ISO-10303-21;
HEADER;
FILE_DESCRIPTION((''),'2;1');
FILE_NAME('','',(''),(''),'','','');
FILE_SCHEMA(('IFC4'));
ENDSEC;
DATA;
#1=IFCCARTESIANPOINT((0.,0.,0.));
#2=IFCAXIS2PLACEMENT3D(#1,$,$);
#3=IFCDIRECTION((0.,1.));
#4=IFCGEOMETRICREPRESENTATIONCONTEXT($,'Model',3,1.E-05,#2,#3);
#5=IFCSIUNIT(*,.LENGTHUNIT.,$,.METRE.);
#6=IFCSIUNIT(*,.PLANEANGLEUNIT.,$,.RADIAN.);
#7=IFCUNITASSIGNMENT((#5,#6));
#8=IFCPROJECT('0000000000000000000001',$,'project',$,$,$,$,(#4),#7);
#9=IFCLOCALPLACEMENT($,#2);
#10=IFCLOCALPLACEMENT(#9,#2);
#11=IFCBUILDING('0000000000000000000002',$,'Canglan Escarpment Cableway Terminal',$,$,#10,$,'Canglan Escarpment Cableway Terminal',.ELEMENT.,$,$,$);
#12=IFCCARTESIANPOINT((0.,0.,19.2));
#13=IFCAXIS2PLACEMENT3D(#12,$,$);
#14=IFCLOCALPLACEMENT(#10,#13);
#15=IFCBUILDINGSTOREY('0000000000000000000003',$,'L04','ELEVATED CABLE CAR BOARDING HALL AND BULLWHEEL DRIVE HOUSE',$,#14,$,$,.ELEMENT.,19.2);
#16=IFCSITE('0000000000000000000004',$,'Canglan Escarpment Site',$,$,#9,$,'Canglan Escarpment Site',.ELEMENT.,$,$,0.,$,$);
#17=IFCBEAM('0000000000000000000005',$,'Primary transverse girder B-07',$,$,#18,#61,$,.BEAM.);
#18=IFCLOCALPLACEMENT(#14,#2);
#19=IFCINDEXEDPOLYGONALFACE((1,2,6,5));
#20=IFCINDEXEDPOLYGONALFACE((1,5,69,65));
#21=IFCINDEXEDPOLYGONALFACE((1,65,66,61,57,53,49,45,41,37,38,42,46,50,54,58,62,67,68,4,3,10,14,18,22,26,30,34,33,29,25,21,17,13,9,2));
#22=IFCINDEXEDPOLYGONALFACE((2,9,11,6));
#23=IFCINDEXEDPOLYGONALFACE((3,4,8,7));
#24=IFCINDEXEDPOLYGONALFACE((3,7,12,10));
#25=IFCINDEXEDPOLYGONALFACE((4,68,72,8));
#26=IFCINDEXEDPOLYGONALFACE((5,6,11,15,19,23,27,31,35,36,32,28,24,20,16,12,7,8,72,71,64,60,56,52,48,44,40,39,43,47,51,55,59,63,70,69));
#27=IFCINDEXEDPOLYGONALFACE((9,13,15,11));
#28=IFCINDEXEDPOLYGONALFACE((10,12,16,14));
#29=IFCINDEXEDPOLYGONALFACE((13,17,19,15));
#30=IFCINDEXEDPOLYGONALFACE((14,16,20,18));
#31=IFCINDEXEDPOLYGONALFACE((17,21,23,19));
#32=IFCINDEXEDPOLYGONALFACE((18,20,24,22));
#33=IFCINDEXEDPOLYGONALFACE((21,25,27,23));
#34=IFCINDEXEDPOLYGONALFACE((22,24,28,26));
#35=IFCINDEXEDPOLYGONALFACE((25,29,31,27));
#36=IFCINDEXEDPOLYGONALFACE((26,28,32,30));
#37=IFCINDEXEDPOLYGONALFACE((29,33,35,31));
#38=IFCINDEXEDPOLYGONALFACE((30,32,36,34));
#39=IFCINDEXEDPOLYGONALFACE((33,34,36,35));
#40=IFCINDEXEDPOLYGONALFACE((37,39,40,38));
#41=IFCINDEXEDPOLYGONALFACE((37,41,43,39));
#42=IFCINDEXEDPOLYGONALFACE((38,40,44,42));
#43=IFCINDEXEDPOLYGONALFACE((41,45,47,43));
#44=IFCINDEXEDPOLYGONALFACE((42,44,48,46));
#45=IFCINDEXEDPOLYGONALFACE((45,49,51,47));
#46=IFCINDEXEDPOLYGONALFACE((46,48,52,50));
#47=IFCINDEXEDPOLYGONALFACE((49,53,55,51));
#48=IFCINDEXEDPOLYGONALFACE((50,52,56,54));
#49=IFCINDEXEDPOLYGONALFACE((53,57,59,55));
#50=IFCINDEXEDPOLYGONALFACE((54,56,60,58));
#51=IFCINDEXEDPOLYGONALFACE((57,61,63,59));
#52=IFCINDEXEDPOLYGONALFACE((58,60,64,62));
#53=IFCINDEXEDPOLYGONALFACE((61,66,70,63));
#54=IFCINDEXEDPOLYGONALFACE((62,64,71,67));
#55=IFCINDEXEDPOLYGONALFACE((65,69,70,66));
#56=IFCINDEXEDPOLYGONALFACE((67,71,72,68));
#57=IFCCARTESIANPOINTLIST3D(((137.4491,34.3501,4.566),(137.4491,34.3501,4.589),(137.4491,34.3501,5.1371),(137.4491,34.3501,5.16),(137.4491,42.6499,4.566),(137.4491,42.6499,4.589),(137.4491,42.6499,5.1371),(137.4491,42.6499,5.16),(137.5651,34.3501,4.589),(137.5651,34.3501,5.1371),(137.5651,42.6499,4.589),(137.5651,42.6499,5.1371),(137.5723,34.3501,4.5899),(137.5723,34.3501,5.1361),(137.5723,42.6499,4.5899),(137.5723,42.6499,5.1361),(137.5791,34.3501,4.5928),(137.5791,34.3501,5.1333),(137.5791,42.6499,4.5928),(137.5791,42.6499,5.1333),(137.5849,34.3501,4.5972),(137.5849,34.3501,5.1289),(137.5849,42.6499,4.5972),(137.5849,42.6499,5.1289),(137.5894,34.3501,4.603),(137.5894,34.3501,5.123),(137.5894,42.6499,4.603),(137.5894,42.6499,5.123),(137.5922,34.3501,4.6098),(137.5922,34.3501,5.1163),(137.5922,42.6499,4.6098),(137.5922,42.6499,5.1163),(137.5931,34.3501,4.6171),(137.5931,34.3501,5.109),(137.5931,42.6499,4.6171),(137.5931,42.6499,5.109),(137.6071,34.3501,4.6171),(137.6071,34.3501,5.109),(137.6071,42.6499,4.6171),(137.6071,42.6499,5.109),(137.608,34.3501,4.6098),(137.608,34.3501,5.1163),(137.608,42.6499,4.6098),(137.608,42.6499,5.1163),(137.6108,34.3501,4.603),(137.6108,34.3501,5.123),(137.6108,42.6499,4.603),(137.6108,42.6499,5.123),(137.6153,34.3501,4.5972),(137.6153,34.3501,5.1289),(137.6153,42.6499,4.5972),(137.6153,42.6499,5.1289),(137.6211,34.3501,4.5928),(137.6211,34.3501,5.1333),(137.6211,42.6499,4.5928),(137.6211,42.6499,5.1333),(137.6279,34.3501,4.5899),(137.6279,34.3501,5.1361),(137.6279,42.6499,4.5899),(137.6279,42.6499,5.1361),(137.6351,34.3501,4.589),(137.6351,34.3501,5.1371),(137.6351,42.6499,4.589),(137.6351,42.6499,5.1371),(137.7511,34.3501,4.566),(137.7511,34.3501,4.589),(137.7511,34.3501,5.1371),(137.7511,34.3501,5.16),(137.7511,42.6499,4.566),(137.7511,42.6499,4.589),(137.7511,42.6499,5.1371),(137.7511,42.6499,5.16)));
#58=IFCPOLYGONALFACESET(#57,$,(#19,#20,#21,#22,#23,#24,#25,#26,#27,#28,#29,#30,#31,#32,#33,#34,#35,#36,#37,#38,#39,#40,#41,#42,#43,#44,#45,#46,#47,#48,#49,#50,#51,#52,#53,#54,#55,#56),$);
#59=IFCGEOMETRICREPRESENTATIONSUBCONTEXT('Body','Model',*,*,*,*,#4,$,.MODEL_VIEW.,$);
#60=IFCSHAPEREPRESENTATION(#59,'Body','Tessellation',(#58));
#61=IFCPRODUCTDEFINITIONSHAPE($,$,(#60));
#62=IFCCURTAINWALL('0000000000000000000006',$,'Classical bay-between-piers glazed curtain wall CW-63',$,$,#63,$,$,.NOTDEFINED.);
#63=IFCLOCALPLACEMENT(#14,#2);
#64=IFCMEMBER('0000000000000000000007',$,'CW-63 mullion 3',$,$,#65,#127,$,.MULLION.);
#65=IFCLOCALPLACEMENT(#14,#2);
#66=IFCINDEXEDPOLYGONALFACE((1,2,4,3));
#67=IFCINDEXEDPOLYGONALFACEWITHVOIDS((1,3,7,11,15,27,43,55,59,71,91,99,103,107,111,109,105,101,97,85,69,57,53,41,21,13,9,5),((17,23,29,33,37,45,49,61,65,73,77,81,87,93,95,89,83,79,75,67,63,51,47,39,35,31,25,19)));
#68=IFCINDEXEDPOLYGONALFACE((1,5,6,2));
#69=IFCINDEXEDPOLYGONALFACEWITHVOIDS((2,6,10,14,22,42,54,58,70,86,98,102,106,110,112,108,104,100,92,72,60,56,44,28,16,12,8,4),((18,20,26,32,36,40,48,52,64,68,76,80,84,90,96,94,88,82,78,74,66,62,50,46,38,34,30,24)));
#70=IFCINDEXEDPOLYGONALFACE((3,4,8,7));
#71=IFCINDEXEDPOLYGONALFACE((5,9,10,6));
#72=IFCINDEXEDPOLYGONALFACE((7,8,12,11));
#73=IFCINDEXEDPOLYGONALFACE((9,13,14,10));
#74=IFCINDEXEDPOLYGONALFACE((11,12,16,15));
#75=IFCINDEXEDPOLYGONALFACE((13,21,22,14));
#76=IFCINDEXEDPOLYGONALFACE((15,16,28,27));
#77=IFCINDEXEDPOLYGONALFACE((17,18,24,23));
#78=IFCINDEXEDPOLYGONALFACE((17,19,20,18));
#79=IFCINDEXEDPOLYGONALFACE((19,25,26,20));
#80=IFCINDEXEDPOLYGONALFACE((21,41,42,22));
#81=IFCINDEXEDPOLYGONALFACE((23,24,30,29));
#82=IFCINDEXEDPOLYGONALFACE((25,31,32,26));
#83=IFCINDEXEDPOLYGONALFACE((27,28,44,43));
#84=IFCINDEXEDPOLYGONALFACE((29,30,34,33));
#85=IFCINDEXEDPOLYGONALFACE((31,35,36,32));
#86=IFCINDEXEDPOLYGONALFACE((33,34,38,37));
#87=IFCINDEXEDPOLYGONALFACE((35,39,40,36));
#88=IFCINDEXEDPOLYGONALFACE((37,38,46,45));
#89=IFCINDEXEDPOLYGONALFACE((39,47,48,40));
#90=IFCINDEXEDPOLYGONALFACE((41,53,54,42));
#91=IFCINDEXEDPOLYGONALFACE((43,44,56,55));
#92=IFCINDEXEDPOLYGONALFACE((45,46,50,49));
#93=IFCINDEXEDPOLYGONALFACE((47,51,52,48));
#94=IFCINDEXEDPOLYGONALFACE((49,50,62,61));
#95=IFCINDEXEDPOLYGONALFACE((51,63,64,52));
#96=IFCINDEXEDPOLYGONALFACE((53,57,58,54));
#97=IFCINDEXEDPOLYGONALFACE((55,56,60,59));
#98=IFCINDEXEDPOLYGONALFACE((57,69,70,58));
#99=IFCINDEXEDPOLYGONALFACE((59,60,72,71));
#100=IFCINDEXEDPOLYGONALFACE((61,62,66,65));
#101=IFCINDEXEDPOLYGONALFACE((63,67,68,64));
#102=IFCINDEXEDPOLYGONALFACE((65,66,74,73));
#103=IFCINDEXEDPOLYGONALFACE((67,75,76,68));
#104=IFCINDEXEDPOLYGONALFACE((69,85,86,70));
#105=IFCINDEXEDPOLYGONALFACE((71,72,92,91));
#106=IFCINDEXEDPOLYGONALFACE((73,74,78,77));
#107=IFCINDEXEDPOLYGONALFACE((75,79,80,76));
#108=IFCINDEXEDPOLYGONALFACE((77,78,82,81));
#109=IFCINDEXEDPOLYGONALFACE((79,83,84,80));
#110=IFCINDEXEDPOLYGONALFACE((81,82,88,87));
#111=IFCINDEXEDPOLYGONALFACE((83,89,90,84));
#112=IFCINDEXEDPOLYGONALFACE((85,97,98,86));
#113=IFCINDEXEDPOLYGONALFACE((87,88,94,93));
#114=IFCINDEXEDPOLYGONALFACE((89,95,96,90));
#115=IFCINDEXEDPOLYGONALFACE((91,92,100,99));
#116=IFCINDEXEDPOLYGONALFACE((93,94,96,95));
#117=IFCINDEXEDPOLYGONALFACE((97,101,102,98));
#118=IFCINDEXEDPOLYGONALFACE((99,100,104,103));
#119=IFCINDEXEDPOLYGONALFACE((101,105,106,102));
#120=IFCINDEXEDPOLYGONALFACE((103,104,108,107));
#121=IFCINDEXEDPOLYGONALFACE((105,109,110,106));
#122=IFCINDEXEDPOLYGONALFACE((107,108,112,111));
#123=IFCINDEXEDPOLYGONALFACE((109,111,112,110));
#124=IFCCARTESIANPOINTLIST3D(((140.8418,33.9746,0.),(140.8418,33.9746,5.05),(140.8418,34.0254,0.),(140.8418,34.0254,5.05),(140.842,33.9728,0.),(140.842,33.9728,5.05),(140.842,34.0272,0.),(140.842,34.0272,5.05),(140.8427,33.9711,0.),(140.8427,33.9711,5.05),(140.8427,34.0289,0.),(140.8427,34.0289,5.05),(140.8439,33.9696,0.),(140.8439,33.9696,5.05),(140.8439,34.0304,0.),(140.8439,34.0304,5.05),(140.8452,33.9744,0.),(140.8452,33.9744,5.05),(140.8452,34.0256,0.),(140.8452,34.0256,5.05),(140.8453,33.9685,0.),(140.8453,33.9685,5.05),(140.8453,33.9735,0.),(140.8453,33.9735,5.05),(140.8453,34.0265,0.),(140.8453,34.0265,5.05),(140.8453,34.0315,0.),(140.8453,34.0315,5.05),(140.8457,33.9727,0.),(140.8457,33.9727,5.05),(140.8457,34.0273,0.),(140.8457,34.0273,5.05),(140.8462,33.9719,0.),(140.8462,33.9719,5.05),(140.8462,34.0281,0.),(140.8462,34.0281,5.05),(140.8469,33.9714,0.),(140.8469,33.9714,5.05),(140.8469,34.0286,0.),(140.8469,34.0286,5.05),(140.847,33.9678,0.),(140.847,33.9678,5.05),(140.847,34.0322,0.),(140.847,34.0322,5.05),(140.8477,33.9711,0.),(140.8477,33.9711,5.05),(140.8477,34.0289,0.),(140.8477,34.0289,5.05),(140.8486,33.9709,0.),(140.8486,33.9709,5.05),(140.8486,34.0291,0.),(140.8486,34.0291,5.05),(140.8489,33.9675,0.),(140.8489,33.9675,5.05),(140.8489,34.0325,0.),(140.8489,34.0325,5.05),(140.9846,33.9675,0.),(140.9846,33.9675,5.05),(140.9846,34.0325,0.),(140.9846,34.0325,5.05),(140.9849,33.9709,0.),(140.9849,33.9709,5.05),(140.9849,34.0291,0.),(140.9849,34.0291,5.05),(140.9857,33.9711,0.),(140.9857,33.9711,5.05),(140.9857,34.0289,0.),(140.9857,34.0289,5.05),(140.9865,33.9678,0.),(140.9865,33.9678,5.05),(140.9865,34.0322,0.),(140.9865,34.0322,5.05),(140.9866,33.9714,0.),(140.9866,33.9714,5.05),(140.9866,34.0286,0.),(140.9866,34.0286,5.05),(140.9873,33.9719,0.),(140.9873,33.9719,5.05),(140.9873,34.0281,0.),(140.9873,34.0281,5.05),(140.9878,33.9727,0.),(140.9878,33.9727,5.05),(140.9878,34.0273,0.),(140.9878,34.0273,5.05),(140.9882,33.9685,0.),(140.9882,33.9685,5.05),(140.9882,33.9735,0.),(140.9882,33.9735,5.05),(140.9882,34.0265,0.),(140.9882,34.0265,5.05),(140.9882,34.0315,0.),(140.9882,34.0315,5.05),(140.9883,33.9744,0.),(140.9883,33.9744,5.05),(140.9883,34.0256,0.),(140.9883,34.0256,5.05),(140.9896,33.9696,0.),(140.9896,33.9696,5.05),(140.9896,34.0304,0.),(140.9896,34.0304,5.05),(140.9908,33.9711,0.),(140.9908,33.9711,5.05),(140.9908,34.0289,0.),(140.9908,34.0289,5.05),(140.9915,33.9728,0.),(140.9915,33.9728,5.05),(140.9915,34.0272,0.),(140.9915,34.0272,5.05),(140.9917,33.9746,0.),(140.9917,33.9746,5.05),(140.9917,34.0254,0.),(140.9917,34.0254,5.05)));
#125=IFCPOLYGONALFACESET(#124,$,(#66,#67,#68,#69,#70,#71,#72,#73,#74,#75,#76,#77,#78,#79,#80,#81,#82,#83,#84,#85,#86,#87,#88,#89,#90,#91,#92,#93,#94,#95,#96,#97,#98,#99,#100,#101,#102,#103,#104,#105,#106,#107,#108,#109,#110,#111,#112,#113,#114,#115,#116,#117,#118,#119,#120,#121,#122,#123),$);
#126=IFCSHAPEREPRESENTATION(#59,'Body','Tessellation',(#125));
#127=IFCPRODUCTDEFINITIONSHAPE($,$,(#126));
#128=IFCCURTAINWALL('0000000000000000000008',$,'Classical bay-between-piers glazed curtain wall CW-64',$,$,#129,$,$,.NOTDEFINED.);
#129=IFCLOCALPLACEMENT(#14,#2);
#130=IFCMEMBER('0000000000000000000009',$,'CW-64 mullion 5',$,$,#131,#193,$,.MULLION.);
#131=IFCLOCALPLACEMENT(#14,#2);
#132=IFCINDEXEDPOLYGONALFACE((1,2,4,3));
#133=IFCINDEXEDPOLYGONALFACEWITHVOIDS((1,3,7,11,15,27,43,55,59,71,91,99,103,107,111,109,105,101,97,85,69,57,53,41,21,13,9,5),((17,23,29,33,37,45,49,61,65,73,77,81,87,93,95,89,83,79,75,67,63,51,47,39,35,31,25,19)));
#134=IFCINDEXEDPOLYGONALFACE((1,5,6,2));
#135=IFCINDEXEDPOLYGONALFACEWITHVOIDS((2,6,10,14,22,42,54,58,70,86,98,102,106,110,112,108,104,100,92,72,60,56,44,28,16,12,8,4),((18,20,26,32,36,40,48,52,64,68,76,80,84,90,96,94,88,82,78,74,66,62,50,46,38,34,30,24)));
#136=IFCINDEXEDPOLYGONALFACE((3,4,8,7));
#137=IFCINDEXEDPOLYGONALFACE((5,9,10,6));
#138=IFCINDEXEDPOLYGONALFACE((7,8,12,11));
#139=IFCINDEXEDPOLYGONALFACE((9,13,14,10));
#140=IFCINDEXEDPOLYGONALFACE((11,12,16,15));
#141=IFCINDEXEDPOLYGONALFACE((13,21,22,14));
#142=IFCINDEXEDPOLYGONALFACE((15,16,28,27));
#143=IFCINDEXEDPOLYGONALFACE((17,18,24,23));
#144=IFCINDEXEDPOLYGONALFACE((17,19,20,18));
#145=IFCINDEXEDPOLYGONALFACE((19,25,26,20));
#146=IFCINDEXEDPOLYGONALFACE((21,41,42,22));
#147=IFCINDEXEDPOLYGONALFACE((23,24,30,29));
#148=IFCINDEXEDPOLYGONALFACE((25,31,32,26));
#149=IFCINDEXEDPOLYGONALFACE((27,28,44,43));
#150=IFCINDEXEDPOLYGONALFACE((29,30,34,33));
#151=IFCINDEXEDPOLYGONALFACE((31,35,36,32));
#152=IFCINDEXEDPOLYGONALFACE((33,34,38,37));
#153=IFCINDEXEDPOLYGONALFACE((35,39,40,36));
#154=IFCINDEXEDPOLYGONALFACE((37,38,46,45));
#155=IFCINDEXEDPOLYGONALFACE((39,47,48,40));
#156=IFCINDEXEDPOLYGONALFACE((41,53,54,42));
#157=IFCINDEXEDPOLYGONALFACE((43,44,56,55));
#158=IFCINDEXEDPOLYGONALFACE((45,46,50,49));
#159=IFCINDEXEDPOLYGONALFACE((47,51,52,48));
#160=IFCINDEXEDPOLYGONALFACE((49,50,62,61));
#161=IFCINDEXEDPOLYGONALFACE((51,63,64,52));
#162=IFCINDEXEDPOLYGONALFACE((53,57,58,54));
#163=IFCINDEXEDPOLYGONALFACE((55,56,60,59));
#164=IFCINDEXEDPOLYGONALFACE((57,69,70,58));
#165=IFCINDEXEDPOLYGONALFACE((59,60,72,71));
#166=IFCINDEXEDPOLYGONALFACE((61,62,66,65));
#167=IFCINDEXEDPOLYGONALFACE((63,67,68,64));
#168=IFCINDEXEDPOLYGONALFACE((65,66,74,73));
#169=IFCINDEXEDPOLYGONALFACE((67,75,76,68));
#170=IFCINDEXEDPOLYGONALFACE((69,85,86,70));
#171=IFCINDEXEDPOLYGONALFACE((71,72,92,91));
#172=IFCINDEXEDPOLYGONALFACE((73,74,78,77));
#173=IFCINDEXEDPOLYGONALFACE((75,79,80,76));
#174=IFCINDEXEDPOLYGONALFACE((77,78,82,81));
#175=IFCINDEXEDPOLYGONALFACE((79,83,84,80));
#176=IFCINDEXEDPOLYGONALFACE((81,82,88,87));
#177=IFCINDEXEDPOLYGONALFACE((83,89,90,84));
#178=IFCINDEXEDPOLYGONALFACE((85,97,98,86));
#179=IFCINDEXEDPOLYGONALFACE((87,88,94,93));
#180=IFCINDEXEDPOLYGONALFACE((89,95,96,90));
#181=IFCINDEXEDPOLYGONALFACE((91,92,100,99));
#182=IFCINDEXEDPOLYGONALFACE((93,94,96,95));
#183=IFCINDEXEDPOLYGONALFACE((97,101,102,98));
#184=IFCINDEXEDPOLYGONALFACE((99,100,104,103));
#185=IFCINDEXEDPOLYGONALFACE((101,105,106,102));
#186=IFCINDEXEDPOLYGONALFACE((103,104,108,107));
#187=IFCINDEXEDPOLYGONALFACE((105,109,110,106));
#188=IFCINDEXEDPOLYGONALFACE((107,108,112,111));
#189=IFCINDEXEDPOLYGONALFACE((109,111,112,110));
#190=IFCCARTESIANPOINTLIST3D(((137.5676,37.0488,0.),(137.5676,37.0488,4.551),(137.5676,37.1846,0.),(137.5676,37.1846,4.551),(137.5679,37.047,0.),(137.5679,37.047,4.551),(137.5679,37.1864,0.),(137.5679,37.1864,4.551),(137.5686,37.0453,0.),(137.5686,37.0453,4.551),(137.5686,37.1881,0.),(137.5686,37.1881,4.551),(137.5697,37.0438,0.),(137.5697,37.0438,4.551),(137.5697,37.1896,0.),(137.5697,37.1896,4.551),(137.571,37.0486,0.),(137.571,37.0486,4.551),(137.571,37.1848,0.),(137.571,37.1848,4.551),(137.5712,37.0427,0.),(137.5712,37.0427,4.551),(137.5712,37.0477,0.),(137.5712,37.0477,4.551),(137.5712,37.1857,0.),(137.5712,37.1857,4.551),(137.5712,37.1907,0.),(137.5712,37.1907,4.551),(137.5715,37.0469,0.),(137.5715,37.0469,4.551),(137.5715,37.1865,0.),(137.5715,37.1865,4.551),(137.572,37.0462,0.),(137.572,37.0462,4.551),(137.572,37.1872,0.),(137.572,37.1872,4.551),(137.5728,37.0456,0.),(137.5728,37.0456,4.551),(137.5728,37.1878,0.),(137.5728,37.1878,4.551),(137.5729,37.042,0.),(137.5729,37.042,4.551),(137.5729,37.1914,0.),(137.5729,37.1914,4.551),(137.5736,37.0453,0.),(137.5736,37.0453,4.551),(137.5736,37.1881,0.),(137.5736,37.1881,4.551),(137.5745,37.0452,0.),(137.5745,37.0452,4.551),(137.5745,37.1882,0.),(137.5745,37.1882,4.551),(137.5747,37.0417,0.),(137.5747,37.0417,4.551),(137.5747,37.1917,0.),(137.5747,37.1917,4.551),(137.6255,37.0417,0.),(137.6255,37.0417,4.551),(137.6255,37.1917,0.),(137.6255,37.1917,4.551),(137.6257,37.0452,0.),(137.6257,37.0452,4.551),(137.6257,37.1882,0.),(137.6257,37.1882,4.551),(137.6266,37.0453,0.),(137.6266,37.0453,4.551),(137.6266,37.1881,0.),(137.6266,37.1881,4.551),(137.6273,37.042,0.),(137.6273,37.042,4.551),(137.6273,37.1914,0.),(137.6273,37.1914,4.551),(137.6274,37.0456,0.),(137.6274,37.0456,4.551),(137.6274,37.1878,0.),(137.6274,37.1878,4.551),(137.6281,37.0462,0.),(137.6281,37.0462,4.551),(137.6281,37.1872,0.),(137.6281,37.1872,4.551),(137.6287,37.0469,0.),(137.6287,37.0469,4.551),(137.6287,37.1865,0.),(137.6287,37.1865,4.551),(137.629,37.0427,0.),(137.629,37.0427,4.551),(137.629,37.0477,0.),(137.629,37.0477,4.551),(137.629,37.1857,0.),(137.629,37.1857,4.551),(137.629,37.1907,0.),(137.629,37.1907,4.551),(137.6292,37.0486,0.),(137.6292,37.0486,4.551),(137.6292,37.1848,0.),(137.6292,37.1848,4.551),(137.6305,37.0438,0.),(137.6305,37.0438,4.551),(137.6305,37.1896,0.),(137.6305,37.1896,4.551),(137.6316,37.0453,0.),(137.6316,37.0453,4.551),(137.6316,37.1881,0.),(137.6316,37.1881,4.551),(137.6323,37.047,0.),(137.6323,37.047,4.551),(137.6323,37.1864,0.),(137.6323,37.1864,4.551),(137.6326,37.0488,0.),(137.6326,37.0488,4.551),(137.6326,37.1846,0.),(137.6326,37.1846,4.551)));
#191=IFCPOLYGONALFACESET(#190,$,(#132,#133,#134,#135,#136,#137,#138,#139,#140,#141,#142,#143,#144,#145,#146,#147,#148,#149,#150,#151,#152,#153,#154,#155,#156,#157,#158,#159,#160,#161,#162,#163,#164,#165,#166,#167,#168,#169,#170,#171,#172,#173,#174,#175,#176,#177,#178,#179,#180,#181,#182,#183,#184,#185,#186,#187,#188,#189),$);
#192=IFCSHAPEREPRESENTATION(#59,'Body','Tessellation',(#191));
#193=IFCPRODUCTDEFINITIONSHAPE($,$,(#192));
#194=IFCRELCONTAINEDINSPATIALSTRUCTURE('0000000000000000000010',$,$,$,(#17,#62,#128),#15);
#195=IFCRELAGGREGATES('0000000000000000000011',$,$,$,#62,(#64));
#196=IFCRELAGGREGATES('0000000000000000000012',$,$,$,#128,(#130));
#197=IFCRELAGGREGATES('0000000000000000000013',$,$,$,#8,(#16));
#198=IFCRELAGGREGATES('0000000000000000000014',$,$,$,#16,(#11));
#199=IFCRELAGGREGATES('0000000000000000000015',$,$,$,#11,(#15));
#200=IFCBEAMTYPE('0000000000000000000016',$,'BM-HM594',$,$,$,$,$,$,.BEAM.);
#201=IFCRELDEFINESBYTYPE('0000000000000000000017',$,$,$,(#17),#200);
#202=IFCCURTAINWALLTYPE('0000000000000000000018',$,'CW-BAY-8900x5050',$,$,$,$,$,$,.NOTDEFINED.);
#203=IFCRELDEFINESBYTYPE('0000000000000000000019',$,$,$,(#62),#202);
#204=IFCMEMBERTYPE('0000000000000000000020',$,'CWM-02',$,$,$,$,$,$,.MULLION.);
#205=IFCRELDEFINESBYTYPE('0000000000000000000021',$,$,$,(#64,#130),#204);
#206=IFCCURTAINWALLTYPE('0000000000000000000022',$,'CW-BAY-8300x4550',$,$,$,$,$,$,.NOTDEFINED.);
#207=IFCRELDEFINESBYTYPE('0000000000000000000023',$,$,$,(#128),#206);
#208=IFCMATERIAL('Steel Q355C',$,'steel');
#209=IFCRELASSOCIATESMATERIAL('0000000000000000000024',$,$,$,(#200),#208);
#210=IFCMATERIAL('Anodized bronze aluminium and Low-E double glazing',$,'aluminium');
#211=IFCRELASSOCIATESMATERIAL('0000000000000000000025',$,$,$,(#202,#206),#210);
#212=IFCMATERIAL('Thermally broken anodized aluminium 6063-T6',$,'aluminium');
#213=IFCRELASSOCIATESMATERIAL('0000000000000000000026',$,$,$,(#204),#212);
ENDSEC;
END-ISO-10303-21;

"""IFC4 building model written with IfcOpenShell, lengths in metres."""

from ifc_helpers import new_model, si_unit, direction, frame, origin, origin_2d, place, context, subcontext, project, spatial, hollow_rectangle, i_section, extrude, material, material_profile, profile_set, type_object, element, aggregate, save


model = new_model("IFC4")

# Units and contexts
model_context = context("Model", 3, precision=1e-05, world=origin(), true_north=direction((0.0, 1.0)))
body_context = subcontext(model_context, "Body", "Model", "MODEL_VIEW")
ifc_project = project(units=[si_unit("LENGTHUNIT", "METRE"), si_unit("PLANEANGLEUNIT", "RADIAN")], contexts=[model_context])

# Site, building, storey
site_placement = place(None, origin())
site = spatial("IfcSite", under=ifc_project, at=site_placement, Name="Canglan Escarpment Site", LongName="Canglan Escarpment Site", CompositionType="ELEMENT", RefElevation=0.0)
building_placement = place(site_placement, origin())
building = spatial("IfcBuilding", under=site, at=building_placement, Name="Canglan Escarpment Cableway Terminal", LongName="Canglan Escarpment Cableway Terminal", CompositionType="ELEMENT")
storey_placement = place(building_placement, frame((0.0, 0.0, 19.2)))
storey = spatial("IfcBuildingStorey", under=building, at=storey_placement, Name="L04", Description="ELEVATED CABLE CAR BOARDING HALL AND BULLWHEEL DRIVE HOUSE", CompositionType="ELEMENT", Elevation=19.2)

# Beam
ifc_material_1 = material(Name="Steel Q355C", Category="steel")
ifc_material_profile_1 = material_profile(ifc_material_1, i_section(OverallWidth=0.302, OverallDepth=0.594, WebThickness=0.0139, FlangeThickness=0.0229, FilletRadius=0.0281, at=origin_2d()), Name="HM 594x302x14x23")
ifc_profile_set_1 = profile_set([ifc_material_profile_1], Name="Steel Q355C")
beam_type = type_object("IfcBeamType", Name="BM-HM594", PredefinedType="BEAM", material=ifc_profile_set_1)
beam_placement = place(storey_placement, frame((137.6001, 34.3501, 4.863), z_axis=(0.0, 1.0, 0.0), x_axis=(-1.0, 0.0, 0.0)))
element("IfcBeam", 1, at=beam_placement, inside=storey, type_object=beam_type, Name="Primary transverse girder B-07", PredefinedType="BEAM", context=body_context, shape_type="SweptSolid", body=[
    extrude(i_section(OverallWidth=0.302, OverallDepth=0.594, WebThickness=0.0139, FlangeThickness=0.0229, FilletRadius=0.0281, at=origin_2d()), origin(), (0.0, 0.0, 1.0), 8.2998),
])

# Curtain wall, member
ifc_material_2 = material(Name="Anodized bronze aluminium and Low-E double glazing", Category="aluminium")
curtain_wall_type_1 = type_object("IfcCurtainWallType", Name="CW-BAY-8900x5050", PredefinedType="NOTDEFINED", material=ifc_material_2)
curtain_wall_1_placement = place(storey_placement, origin())
curtain_wall_1 = element("IfcCurtainWall", 2, at=curtain_wall_1_placement, inside=storey, type_object=curtain_wall_type_1, Name="Classical bay-between-piers glazed curtain wall CW-63", PredefinedType="NOTDEFINED")
ifc_material_3 = material(Name="Thermally broken anodized aluminium 6063-T6", Category="aluminium")
ifc_material_profile_2 = material_profile(ifc_material_3, hollow_rectangle(XDim=0.0649, YDim=0.1499, WallThickness=0.0034, InnerFilletRadius=0.0034, OuterFilletRadius=0.0071, at=origin_2d()), Name="ALU-MULL 65x150x3.5")
ifc_profile_set_2 = profile_set([ifc_material_profile_2], Name="Thermally broken anodized aluminium 6063-T6")
member_type_1 = type_object("IfcMemberType", Name="CWM-02", PredefinedType="MULLION", material=ifc_profile_set_2)
member_1_placement = place(storey_placement, frame((140.9167, 34.0, 0.0), z_axis=(0.0, 0.0, 1.0), x_axis=(0.0, 1.0, 0.0)))
member_1 = element("IfcMember", 3, at=member_1_placement, type_object=member_type_1, Name="CW-63 mullion 3", PredefinedType="MULLION", context=body_context, shape_type="SweptSolid", body=[
    extrude(hollow_rectangle(XDim=0.0649, YDim=0.1499, WallThickness=0.0034, InnerFilletRadius=0.0034, OuterFilletRadius=0.0071, at=origin_2d()), origin(), (0.0, 0.0, 1.0), 5.05),
])

# Curtain wall, member
curtain_wall_type_2 = type_object("IfcCurtainWallType", Name="CW-BAY-8300x4550", PredefinedType="NOTDEFINED", material=ifc_material_2)
curtain_wall_2_placement = place(storey_placement, origin())
curtain_wall_2 = element("IfcCurtainWall", 4, at=curtain_wall_2_placement, inside=storey, type_object=curtain_wall_type_2, Name="Classical bay-between-piers glazed curtain wall CW-64", PredefinedType="NOTDEFINED")
member_2_placement = place(storey_placement, frame((137.6001, 37.1167, 0.0), z_axis=(0.0, 0.0, 1.0), x_axis=(1.0, 0.0, 0.0)))
member_2 = element("IfcMember", 5, at=member_2_placement, type_object=member_type_1, Name="CW-64 mullion 5", PredefinedType="MULLION", context=body_context, shape_type="SweptSolid", body=[
    extrude(hollow_rectangle(XDim=0.0649, YDim=0.1499, WallThickness=0.0034, InnerFilletRadius=0.0034, OuterFilletRadius=0.0071, at=origin_2d()), origin(), (0.0, 0.0, 1.0), 4.551),
])

aggregate(curtain_wall_1, [member_1])
aggregate(curtain_wall_2, [member_2])

save(model, "model.ifc")
